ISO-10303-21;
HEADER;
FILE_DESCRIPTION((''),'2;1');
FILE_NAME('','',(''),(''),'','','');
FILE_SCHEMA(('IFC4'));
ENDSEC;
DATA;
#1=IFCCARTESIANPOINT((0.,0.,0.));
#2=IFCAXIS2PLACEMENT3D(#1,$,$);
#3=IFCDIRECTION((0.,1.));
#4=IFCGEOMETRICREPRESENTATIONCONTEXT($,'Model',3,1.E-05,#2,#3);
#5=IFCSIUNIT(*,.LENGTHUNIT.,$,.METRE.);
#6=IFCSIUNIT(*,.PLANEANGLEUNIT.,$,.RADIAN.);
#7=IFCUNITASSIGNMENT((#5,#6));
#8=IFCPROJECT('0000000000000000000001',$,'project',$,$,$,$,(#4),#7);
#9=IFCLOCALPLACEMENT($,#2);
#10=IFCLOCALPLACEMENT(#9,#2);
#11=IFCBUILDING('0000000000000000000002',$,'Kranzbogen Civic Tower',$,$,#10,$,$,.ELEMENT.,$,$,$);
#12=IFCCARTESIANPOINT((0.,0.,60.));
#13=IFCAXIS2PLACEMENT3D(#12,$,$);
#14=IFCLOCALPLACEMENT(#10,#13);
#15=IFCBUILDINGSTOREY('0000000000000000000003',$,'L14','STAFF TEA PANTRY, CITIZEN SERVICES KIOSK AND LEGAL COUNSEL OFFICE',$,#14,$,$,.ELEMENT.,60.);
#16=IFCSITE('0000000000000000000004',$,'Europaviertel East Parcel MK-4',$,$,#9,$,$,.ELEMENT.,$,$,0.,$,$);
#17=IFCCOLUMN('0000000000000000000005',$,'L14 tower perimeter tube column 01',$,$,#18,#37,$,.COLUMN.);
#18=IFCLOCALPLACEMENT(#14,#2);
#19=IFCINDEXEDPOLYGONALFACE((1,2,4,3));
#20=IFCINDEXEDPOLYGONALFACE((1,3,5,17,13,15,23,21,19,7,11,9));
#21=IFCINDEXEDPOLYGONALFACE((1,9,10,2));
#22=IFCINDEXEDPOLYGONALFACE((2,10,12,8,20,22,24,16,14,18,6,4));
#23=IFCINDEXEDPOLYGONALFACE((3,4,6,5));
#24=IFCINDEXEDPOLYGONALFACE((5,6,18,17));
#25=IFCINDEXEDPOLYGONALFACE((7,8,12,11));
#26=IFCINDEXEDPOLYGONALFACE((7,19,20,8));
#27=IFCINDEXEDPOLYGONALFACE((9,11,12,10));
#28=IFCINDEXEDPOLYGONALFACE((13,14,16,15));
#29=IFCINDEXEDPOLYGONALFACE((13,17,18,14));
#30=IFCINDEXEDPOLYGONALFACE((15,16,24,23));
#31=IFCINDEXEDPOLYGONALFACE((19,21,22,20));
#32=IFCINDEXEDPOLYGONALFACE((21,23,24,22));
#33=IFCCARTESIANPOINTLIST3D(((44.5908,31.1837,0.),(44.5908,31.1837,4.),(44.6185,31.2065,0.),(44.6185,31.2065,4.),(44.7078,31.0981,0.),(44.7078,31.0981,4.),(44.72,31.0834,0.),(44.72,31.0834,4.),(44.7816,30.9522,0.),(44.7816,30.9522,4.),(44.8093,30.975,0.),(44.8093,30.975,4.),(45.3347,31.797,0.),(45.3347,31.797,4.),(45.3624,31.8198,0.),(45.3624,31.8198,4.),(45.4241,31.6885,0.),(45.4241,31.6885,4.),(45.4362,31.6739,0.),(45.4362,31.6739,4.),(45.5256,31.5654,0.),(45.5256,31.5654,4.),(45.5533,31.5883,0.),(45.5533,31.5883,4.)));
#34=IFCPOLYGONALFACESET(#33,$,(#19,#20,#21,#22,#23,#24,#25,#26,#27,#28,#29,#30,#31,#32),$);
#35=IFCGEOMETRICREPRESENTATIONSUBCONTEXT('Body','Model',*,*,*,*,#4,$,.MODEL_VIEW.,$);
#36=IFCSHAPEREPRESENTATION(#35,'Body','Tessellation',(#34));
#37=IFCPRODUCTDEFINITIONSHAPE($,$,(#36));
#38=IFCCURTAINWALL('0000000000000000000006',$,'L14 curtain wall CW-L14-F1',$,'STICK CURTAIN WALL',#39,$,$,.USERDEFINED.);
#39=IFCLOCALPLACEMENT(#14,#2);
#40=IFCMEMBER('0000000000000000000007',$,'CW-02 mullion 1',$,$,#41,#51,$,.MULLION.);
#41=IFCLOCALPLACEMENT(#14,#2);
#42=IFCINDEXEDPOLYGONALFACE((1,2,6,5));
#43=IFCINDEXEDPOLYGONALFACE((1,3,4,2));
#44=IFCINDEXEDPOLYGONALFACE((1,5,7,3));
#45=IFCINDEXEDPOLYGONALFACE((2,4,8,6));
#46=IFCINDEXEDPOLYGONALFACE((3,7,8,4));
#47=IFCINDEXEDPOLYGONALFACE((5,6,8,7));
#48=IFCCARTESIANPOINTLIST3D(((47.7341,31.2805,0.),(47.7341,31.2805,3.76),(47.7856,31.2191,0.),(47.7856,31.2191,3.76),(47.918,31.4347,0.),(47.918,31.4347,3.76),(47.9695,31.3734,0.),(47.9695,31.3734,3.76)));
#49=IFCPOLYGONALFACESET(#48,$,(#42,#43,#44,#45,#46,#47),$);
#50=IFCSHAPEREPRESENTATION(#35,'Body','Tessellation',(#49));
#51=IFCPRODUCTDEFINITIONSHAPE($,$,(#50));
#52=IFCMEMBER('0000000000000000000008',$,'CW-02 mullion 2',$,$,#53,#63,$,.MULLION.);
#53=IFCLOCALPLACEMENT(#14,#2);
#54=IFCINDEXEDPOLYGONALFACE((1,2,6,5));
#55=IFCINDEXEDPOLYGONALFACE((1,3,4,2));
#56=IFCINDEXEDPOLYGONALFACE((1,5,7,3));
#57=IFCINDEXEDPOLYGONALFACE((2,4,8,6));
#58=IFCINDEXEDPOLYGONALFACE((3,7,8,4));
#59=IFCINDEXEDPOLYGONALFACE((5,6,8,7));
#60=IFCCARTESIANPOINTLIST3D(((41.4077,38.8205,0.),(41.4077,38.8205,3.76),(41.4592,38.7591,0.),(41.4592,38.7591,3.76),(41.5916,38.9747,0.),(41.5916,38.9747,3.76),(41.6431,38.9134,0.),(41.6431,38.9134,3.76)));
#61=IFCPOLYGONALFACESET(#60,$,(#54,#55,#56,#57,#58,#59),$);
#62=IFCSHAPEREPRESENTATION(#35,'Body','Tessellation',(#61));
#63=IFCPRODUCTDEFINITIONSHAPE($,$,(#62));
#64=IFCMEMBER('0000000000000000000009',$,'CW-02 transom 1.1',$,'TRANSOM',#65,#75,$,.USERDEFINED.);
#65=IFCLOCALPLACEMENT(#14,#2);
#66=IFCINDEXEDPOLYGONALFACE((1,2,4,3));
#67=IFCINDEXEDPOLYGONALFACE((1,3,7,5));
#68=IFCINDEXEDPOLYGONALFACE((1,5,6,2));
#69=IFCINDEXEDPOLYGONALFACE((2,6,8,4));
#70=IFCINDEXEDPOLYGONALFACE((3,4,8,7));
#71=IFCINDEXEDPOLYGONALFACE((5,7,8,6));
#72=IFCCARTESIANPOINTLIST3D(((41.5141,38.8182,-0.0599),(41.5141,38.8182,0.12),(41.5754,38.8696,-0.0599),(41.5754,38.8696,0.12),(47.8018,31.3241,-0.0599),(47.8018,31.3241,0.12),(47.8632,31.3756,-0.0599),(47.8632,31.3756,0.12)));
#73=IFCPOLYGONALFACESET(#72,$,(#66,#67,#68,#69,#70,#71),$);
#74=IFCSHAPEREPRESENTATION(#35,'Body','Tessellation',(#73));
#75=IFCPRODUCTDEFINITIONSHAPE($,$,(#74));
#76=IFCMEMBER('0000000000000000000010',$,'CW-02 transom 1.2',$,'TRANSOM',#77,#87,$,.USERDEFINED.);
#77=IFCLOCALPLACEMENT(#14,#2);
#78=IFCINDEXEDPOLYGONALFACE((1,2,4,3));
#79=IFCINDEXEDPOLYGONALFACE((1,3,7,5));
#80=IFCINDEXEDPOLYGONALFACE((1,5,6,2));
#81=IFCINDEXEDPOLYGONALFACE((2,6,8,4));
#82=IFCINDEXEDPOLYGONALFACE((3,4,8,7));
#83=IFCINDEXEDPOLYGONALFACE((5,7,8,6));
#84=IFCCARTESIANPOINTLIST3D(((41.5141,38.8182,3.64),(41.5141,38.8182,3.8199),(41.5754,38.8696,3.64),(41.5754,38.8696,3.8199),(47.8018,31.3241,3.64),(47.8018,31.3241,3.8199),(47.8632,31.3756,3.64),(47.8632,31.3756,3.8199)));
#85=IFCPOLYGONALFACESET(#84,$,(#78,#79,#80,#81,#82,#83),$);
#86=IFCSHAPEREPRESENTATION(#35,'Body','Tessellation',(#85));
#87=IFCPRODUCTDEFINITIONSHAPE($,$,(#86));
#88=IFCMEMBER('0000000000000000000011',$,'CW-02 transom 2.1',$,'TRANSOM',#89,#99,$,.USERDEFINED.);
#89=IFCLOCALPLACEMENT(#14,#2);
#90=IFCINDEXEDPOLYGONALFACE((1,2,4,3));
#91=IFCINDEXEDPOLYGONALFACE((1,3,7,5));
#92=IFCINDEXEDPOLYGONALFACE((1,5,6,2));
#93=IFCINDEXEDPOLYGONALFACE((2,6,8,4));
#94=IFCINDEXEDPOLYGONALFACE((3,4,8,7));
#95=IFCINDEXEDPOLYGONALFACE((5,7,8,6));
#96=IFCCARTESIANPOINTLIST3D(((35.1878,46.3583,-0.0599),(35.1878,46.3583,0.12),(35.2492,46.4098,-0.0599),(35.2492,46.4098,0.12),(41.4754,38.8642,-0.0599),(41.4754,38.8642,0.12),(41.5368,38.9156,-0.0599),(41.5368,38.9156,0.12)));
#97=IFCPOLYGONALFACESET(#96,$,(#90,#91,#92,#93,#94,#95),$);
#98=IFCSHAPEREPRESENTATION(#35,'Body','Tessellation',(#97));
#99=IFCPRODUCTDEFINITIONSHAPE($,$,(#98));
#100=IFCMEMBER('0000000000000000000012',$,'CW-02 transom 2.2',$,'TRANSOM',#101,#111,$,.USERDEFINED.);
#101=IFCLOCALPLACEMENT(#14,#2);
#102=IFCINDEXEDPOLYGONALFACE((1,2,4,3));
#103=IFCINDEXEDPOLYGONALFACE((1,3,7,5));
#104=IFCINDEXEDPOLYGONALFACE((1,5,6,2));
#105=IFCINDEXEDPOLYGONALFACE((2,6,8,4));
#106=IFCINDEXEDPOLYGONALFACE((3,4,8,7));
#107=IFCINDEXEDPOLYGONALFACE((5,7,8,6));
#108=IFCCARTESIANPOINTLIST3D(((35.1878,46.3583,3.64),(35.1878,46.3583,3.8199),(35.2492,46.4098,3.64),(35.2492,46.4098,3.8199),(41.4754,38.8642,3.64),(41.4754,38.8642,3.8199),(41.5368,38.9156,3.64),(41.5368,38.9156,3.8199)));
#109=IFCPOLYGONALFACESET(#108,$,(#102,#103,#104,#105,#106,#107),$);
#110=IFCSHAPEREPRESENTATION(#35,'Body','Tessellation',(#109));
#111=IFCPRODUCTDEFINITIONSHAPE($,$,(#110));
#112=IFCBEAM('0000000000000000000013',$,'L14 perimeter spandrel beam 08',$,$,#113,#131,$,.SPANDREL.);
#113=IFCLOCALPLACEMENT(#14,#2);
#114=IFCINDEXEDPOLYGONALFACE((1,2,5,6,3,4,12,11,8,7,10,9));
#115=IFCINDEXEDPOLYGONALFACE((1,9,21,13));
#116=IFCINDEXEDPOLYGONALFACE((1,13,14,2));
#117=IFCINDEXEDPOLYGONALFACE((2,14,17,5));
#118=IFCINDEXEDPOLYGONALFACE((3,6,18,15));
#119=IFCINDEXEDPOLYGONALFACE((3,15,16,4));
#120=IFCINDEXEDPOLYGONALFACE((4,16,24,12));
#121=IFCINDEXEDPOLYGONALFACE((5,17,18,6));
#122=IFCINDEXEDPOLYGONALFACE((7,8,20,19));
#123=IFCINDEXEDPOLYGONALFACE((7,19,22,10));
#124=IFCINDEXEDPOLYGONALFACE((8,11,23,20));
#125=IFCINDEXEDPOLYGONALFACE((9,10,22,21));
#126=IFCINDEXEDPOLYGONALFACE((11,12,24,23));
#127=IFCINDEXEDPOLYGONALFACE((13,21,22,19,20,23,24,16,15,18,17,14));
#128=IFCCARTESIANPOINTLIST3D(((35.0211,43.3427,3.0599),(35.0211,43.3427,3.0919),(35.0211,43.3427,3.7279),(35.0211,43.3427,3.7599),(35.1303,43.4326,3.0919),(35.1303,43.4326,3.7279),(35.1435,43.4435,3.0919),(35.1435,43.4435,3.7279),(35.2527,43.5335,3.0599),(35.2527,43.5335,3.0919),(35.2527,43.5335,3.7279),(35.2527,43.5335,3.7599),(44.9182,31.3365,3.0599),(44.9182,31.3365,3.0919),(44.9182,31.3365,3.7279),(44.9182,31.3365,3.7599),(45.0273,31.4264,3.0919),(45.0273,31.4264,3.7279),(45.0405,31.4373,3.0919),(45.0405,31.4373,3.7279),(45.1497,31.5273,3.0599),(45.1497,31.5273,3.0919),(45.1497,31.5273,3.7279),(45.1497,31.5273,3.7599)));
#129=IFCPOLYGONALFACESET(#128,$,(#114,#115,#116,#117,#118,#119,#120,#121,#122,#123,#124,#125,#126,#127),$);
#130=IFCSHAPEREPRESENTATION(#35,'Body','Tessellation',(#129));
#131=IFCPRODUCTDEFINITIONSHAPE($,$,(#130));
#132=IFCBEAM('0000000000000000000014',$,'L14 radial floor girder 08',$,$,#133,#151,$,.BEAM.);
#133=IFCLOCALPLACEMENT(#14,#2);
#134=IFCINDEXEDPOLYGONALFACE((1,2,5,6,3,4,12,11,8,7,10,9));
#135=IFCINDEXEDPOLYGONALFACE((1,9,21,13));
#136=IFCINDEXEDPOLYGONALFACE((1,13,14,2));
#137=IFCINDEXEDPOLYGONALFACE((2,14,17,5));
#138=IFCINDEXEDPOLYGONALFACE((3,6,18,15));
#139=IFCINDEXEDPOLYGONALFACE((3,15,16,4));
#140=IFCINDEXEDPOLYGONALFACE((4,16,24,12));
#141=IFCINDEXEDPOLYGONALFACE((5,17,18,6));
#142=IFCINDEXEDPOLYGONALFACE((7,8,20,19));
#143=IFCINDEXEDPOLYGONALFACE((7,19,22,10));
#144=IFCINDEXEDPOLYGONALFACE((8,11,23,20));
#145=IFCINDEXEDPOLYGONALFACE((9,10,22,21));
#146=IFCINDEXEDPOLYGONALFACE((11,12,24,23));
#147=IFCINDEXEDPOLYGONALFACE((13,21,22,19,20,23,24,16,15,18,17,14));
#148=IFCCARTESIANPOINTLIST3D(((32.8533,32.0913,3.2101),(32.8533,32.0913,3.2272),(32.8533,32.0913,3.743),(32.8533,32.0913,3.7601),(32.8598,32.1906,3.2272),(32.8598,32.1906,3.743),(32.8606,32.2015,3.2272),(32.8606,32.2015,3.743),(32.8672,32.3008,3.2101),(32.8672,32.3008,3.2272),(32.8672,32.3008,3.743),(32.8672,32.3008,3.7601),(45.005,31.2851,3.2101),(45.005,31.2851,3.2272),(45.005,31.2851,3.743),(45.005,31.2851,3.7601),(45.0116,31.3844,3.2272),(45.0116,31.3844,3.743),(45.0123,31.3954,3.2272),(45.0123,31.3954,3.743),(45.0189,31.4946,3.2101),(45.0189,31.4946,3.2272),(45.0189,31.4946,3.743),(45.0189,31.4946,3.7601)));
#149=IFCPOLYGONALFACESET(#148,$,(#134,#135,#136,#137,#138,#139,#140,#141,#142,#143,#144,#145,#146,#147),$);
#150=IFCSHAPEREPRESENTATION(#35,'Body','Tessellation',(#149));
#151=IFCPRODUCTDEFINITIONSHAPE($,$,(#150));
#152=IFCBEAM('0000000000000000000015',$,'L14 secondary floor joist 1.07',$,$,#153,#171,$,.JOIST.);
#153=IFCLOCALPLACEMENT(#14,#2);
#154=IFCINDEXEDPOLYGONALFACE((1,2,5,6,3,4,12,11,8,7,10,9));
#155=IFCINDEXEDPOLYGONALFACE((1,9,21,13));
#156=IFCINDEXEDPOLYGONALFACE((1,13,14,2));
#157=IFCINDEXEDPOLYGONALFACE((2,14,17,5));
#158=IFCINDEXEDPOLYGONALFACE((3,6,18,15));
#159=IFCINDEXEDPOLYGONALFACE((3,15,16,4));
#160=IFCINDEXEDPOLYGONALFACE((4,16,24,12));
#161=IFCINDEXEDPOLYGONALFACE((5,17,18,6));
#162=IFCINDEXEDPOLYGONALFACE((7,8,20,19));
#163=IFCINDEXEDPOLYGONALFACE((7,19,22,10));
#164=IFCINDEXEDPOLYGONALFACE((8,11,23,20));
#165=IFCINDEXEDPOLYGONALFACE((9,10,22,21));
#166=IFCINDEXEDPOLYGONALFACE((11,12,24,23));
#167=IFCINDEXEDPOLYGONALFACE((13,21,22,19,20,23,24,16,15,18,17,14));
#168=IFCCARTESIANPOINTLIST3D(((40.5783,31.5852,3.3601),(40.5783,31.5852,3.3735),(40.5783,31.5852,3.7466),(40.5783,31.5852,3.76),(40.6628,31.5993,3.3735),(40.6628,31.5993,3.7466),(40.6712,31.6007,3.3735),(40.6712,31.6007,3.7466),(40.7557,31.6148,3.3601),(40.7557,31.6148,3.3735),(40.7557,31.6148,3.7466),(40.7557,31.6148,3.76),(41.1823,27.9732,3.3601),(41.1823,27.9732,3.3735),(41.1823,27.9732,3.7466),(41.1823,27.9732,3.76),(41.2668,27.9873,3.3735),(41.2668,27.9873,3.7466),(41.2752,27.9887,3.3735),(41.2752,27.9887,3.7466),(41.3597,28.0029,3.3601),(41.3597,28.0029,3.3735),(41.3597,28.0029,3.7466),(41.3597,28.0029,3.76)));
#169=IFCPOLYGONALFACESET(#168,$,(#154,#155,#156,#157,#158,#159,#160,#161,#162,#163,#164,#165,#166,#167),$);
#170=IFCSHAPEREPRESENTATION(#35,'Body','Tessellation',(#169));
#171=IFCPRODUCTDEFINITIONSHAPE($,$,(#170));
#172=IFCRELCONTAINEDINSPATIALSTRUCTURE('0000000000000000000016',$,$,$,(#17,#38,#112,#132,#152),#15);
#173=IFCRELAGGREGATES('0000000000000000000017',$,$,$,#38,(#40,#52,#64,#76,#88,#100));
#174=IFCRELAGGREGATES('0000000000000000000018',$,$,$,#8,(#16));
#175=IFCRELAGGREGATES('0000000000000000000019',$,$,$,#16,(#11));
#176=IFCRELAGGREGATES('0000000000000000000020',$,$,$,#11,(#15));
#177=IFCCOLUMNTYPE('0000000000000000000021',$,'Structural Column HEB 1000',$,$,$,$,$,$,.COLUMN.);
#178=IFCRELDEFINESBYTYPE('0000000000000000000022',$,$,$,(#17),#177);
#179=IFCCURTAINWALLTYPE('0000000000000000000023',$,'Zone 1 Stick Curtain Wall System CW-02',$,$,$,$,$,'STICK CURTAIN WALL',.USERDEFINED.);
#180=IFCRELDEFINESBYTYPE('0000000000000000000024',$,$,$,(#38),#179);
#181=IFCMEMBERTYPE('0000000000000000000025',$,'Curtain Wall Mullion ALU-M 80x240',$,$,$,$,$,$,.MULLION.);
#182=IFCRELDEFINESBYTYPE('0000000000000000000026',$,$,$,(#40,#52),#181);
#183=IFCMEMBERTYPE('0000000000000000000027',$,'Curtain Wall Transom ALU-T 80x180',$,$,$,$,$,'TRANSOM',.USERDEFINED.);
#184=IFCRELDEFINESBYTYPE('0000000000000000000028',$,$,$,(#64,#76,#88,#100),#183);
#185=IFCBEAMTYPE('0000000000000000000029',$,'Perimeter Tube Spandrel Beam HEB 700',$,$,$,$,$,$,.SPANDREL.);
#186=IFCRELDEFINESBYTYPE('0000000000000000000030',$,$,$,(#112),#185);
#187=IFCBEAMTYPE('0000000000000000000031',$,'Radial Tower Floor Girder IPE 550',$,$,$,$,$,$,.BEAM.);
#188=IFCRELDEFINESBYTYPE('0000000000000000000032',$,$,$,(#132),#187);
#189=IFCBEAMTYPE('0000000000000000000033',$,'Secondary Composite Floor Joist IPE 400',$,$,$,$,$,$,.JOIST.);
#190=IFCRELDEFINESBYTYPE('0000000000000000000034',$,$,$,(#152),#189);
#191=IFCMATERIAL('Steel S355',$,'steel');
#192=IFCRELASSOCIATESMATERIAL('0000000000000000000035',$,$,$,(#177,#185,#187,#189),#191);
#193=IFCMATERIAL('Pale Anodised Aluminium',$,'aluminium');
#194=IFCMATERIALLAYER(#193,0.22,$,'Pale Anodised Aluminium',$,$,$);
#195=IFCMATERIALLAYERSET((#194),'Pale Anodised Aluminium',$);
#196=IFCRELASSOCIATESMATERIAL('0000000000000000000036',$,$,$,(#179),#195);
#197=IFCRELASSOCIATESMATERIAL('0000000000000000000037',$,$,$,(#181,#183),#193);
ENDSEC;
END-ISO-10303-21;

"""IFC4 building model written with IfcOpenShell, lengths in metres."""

from ifc_helpers import new_model, si_unit, direction, frame, origin, origin_2d, place, context, subcontext, project, spatial, rectangle, i_section, extrude, material, layer, layer_set, material_profile, profile_set, type_object, element, aggregate, save


model = new_model("IFC4")

# Units and contexts
model_context = context("Model", 3, precision=1e-05, world=origin(), true_north=direction((0.0, 1.0)))
body_context = subcontext(model_context, "Body", "Model", "MODEL_VIEW")
ifc_project = project(units=[si_unit("LENGTHUNIT", "METRE"), si_unit("PLANEANGLEUNIT", "RADIAN")], contexts=[model_context])

# Site, building, storey
site_placement = place(None, origin())
site = spatial("IfcSite", under=ifc_project, at=site_placement, Name="Europaviertel East Parcel MK-4", CompositionType="ELEMENT", RefElevation=0.0)
building_placement = place(site_placement, origin())
building = spatial("IfcBuilding", under=site, at=building_placement, Name="Kranzbogen Civic Tower", CompositionType="ELEMENT")
storey_placement = place(building_placement, frame((0.0, 0.0, 60.0)))
storey = spatial("IfcBuildingStorey", under=building, at=storey_placement, Name="L14", Description="STAFF TEA PANTRY, CITIZEN SERVICES KIOSK AND LEGAL COUNSEL OFFICE", CompositionType="ELEMENT", Elevation=60.0)

# Column
ifc_material_1 = material(Name="Steel S355", Category="steel")
ifc_material_profile_1 = material_profile(ifc_material_1, i_section(OverallWidth=0.3, OverallDepth=1.0, WebThickness=0.019, FlangeThickness=0.0359, at=origin_2d()), Name="HEB 1000")
ifc_profile_set_1 = profile_set([ifc_material_profile_1], Name="Steel S355")
column_type = type_object("IfcColumnType", Name="Structural Column HEB 1000", PredefinedType="COLUMN", material=ifc_profile_set_1)
column_placement = place(storey_placement, frame((45.072, 31.386, 0.0), z_axis=(0.0, 0.0, 1.0), x_axis=(-0.636078, 0.771625, 0.0)))
element("IfcColumn", 1, at=column_placement, inside=storey, type_object=column_type, Name="L14 tower perimeter tube column 01", PredefinedType="COLUMN", context=body_context, shape_type="SweptSolid", body=[
    extrude(i_section(OverallWidth=0.3, OverallDepth=1.0, WebThickness=0.019, FlangeThickness=0.0359, at=origin_2d()), origin(), (0.0, 0.0, 1.0), 4.0),
])

# Curtain wall, members
ifc_material_2 = material(Name="Pale Anodised Aluminium", Category="aluminium")
ifc_layer_1 = layer(ifc_material_2, 0.22, Name="Pale Anodised Aluminium")
ifc_layer_set_1 = layer_set([ifc_layer_1], Name="Pale Anodised Aluminium")
curtain_wall_type = type_object("IfcCurtainWallType", Name="Zone 1 Stick Curtain Wall System CW-02", ElementType="STICK CURTAIN WALL", PredefinedType="USERDEFINED", material=ifc_layer_set_1)
curtain_wall_placement = place(storey_placement, origin())
curtain_wall = element("IfcCurtainWall", 2, at=curtain_wall_placement, inside=storey, type_object=curtain_wall_type, Name="L14 curtain wall CW-L14-F1", ObjectType="STICK CURTAIN WALL", PredefinedType="USERDEFINED")
ifc_material_profile_2 = material_profile(ifc_material_2, rectangle(XDim=0.0801, YDim=0.24, at=origin_2d()), Name="ALU-M 80x240")
ifc_profile_set_2 = profile_set([ifc_material_profile_2], Name="Pale Anodised Aluminium")
member_type_1 = type_object("IfcMemberType", Name="Curtain Wall Mullion ALU-M 80x240", PredefinedType="MULLION", material=ifc_profile_set_2)
member_1_placement = place(storey_placement, frame((47.8518, 31.3269, 0.0), z_axis=(0.0, 0.0, 1.0), x_axis=(-0.642751, 0.766075, 0.0)))
member_1 = element("IfcMember", 3, at=member_1_placement, type_object=member_type_1, Name="CW-02 mullion 1", PredefinedType="MULLION", context=body_context, shape_type="SweptSolid", body=[
    extrude(rectangle(XDim=0.0801, YDim=0.24, at=origin_2d()), origin(), (0.0, 0.0, 1.0), 3.76),
])
member_2_placement = place(storey_placement, frame((41.5254, 38.8669, 0.0), z_axis=(0.0, 0.0, 1.0), x_axis=(-0.642751, 0.766075, 0.0)))
member_2 = element("IfcMember", 4, at=member_2_placement, type_object=member_type_1, Name="CW-02 mullion 2", PredefinedType="MULLION", context=body_context, shape_type="SweptSolid", body=[
    extrude(rectangle(XDim=0.0801, YDim=0.24, at=origin_2d()), origin(), (0.0, 0.0, 1.0), 3.76),
])
ifc_material_profile_3 = material_profile(ifc_material_2, rectangle(XDim=0.0801, YDim=0.1799, at=origin_2d()), Name="ALU-T 80x180")
ifc_profile_set_3 = profile_set([ifc_material_profile_3], Name="Pale Anodised Aluminium")
member_type_2 = type_object("IfcMemberType", Name="Curtain Wall Transom ALU-T 80x180", ElementType="TRANSOM", PredefinedType="USERDEFINED", material=ifc_profile_set_3)
member_3_placement = place(storey_placement, frame((47.8325, 31.3499, 0.03), z_axis=(-0.642758, 0.766069, 0.0), x_axis=(-0.766069, -0.642758, 0.0)))
member_3 = element("IfcMember", 5, at=member_3_placement, type_object=member_type_2, Name="CW-02 transom 1.1", ObjectType="TRANSOM", PredefinedType="USERDEFINED", context=body_context, shape_type="SweptSolid", body=[
    extrude(rectangle(XDim=0.0801, YDim=0.1799, at=origin_2d()), origin(), (0.0, 0.0, 1.0), 9.7825),
])
member_4_placement = place(storey_placement, frame((47.8325, 31.3499, 3.73), z_axis=(-0.642758, 0.766069, 0.0), x_axis=(-0.766069, -0.642758, 0.0)))
member_4 = element("IfcMember", 6, at=member_4_placement, type_object=member_type_2, Name="CW-02 transom 1.2", ObjectType="TRANSOM", PredefinedType="USERDEFINED", context=body_context, shape_type="SweptSolid", body=[
    extrude(rectangle(XDim=0.0801, YDim=0.1799, at=origin_2d()), origin(), (0.0, 0.0, 1.0), 9.7825),
])
member_5_placement = place(storey_placement, frame((41.5061, 38.8899, 0.03), z_axis=(-0.642744, 0.766081, 0.0), x_axis=(-0.766081, -0.642744, 0.0)))
member_5 = element("IfcMember", 7, at=member_5_placement, type_object=member_type_2, Name="CW-02 transom 2.1", ObjectType="TRANSOM", PredefinedType="USERDEFINED", context=body_context, shape_type="SweptSolid", body=[
    extrude(rectangle(XDim=0.0801, YDim=0.1799, at=origin_2d()), origin(), (0.0, 0.0, 1.0), 9.7825),
])
member_6_placement = place(storey_placement, frame((41.5061, 38.8899, 3.73), z_axis=(-0.642744, 0.766081, 0.0), x_axis=(-0.766081, -0.642744, 0.0)))
member_6 = element("IfcMember", 8, at=member_6_placement, type_object=member_type_2, Name="CW-02 transom 2.2", ObjectType="TRANSOM", PredefinedType="USERDEFINED", context=body_context, shape_type="SweptSolid", body=[
    extrude(rectangle(XDim=0.0801, YDim=0.1799, at=origin_2d()), origin(), (0.0, 0.0, 1.0), 9.7825),
])

# Beams
ifc_material_profile_4 = material_profile(ifc_material_1, i_section(OverallWidth=0.3, OverallDepth=0.7, WebThickness=0.0171, FlangeThickness=0.032, at=origin_2d()), Name="HEB 700")
ifc_profile_set_4 = profile_set([ifc_material_profile_4], Name="Steel S355")
beam_type_1 = type_object("IfcBeamType", Name="Perimeter Tube Spandrel Beam HEB 700", PredefinedType="SPANDREL", material=ifc_profile_set_4)
beam_1_placement = place(storey_placement, frame((45.0339, 31.4319, 3.4099), z_axis=(-0.636075, 0.771628, 0.0), x_axis=(-0.771628, -0.636075, 0.0)))
element("IfcBeam", 9, at=beam_1_placement, inside=storey, type_object=beam_type_1, Name="L14 perimeter spandrel beam 08", PredefinedType="SPANDREL", context=body_context, shape_type="SweptSolid", body=[
    extrude(i_section(OverallWidth=0.3, OverallDepth=0.7, WebThickness=0.0171, FlangeThickness=0.032, at=origin_2d()), origin(), (0.0, 0.0, 1.0), 15.5596),
])
ifc_material_profile_5 = material_profile(ifc_material_1, i_section(OverallWidth=0.21, OverallDepth=0.55, WebThickness=0.011, FlangeThickness=0.0171, at=origin_2d()), Name="IPE 550")
ifc_profile_set_5 = profile_set([ifc_material_profile_5], Name="Steel S355")
beam_type_2 = type_object("IfcBeamType", Name="Radial Tower Floor Girder IPE 550", PredefinedType="BEAM", material=ifc_profile_set_5)
beam_2_placement = place(storey_placement, frame((45.012, 31.3899, 3.4851), z_axis=(-0.997807, 0.066194, 0.0), x_axis=(-0.066194, -0.997807, 0.0)))
element("IfcBeam", 10, at=beam_2_placement, inside=storey, type_object=beam_type_2, Name="L14 radial floor girder 08", PredefinedType="BEAM", context=body_context, shape_type="SweptSolid", body=[
    extrude(i_section(OverallWidth=0.21, OverallDepth=0.55, WebThickness=0.011, FlangeThickness=0.0171, at=origin_2d()), origin(), (0.0, 0.0, 1.0), 12.1785),
])
ifc_material_profile_6 = material_profile(ifc_material_1, i_section(OverallWidth=0.1799, OverallDepth=0.3999, WebThickness=0.0085, FlangeThickness=0.0134, at=origin_2d()), Name="IPE 400")
ifc_profile_set_6 = profile_set([ifc_material_profile_6], Name="Steel S355")
beam_type_3 = type_object("IfcBeamType", Name="Secondary Composite Floor Joist IPE 400", PredefinedType="JOIST", material=ifc_profile_set_6)
beam_3_placement = place(storey_placement, frame((41.271, 27.988, 3.5601), z_axis=(-0.164929, 0.986305, 0.0), x_axis=(-0.986305, -0.164929, 0.0)))
element("IfcBeam", 11, at=beam_3_placement, inside=storey, type_object=beam_type_3, Name="L14 secondary floor joist 1.07", PredefinedType="JOIST", context=body_context, shape_type="SweptSolid", body=[
    extrude(i_section(OverallWidth=0.1799, OverallDepth=0.3999, WebThickness=0.0085, FlangeThickness=0.0134, at=origin_2d()), origin(), (0.0, 0.0, 1.0), 3.6621),
])

aggregate(curtain_wall, [member_1, member_2, member_3, member_4, member_5, member_6])

save(model, "model.ifc")
